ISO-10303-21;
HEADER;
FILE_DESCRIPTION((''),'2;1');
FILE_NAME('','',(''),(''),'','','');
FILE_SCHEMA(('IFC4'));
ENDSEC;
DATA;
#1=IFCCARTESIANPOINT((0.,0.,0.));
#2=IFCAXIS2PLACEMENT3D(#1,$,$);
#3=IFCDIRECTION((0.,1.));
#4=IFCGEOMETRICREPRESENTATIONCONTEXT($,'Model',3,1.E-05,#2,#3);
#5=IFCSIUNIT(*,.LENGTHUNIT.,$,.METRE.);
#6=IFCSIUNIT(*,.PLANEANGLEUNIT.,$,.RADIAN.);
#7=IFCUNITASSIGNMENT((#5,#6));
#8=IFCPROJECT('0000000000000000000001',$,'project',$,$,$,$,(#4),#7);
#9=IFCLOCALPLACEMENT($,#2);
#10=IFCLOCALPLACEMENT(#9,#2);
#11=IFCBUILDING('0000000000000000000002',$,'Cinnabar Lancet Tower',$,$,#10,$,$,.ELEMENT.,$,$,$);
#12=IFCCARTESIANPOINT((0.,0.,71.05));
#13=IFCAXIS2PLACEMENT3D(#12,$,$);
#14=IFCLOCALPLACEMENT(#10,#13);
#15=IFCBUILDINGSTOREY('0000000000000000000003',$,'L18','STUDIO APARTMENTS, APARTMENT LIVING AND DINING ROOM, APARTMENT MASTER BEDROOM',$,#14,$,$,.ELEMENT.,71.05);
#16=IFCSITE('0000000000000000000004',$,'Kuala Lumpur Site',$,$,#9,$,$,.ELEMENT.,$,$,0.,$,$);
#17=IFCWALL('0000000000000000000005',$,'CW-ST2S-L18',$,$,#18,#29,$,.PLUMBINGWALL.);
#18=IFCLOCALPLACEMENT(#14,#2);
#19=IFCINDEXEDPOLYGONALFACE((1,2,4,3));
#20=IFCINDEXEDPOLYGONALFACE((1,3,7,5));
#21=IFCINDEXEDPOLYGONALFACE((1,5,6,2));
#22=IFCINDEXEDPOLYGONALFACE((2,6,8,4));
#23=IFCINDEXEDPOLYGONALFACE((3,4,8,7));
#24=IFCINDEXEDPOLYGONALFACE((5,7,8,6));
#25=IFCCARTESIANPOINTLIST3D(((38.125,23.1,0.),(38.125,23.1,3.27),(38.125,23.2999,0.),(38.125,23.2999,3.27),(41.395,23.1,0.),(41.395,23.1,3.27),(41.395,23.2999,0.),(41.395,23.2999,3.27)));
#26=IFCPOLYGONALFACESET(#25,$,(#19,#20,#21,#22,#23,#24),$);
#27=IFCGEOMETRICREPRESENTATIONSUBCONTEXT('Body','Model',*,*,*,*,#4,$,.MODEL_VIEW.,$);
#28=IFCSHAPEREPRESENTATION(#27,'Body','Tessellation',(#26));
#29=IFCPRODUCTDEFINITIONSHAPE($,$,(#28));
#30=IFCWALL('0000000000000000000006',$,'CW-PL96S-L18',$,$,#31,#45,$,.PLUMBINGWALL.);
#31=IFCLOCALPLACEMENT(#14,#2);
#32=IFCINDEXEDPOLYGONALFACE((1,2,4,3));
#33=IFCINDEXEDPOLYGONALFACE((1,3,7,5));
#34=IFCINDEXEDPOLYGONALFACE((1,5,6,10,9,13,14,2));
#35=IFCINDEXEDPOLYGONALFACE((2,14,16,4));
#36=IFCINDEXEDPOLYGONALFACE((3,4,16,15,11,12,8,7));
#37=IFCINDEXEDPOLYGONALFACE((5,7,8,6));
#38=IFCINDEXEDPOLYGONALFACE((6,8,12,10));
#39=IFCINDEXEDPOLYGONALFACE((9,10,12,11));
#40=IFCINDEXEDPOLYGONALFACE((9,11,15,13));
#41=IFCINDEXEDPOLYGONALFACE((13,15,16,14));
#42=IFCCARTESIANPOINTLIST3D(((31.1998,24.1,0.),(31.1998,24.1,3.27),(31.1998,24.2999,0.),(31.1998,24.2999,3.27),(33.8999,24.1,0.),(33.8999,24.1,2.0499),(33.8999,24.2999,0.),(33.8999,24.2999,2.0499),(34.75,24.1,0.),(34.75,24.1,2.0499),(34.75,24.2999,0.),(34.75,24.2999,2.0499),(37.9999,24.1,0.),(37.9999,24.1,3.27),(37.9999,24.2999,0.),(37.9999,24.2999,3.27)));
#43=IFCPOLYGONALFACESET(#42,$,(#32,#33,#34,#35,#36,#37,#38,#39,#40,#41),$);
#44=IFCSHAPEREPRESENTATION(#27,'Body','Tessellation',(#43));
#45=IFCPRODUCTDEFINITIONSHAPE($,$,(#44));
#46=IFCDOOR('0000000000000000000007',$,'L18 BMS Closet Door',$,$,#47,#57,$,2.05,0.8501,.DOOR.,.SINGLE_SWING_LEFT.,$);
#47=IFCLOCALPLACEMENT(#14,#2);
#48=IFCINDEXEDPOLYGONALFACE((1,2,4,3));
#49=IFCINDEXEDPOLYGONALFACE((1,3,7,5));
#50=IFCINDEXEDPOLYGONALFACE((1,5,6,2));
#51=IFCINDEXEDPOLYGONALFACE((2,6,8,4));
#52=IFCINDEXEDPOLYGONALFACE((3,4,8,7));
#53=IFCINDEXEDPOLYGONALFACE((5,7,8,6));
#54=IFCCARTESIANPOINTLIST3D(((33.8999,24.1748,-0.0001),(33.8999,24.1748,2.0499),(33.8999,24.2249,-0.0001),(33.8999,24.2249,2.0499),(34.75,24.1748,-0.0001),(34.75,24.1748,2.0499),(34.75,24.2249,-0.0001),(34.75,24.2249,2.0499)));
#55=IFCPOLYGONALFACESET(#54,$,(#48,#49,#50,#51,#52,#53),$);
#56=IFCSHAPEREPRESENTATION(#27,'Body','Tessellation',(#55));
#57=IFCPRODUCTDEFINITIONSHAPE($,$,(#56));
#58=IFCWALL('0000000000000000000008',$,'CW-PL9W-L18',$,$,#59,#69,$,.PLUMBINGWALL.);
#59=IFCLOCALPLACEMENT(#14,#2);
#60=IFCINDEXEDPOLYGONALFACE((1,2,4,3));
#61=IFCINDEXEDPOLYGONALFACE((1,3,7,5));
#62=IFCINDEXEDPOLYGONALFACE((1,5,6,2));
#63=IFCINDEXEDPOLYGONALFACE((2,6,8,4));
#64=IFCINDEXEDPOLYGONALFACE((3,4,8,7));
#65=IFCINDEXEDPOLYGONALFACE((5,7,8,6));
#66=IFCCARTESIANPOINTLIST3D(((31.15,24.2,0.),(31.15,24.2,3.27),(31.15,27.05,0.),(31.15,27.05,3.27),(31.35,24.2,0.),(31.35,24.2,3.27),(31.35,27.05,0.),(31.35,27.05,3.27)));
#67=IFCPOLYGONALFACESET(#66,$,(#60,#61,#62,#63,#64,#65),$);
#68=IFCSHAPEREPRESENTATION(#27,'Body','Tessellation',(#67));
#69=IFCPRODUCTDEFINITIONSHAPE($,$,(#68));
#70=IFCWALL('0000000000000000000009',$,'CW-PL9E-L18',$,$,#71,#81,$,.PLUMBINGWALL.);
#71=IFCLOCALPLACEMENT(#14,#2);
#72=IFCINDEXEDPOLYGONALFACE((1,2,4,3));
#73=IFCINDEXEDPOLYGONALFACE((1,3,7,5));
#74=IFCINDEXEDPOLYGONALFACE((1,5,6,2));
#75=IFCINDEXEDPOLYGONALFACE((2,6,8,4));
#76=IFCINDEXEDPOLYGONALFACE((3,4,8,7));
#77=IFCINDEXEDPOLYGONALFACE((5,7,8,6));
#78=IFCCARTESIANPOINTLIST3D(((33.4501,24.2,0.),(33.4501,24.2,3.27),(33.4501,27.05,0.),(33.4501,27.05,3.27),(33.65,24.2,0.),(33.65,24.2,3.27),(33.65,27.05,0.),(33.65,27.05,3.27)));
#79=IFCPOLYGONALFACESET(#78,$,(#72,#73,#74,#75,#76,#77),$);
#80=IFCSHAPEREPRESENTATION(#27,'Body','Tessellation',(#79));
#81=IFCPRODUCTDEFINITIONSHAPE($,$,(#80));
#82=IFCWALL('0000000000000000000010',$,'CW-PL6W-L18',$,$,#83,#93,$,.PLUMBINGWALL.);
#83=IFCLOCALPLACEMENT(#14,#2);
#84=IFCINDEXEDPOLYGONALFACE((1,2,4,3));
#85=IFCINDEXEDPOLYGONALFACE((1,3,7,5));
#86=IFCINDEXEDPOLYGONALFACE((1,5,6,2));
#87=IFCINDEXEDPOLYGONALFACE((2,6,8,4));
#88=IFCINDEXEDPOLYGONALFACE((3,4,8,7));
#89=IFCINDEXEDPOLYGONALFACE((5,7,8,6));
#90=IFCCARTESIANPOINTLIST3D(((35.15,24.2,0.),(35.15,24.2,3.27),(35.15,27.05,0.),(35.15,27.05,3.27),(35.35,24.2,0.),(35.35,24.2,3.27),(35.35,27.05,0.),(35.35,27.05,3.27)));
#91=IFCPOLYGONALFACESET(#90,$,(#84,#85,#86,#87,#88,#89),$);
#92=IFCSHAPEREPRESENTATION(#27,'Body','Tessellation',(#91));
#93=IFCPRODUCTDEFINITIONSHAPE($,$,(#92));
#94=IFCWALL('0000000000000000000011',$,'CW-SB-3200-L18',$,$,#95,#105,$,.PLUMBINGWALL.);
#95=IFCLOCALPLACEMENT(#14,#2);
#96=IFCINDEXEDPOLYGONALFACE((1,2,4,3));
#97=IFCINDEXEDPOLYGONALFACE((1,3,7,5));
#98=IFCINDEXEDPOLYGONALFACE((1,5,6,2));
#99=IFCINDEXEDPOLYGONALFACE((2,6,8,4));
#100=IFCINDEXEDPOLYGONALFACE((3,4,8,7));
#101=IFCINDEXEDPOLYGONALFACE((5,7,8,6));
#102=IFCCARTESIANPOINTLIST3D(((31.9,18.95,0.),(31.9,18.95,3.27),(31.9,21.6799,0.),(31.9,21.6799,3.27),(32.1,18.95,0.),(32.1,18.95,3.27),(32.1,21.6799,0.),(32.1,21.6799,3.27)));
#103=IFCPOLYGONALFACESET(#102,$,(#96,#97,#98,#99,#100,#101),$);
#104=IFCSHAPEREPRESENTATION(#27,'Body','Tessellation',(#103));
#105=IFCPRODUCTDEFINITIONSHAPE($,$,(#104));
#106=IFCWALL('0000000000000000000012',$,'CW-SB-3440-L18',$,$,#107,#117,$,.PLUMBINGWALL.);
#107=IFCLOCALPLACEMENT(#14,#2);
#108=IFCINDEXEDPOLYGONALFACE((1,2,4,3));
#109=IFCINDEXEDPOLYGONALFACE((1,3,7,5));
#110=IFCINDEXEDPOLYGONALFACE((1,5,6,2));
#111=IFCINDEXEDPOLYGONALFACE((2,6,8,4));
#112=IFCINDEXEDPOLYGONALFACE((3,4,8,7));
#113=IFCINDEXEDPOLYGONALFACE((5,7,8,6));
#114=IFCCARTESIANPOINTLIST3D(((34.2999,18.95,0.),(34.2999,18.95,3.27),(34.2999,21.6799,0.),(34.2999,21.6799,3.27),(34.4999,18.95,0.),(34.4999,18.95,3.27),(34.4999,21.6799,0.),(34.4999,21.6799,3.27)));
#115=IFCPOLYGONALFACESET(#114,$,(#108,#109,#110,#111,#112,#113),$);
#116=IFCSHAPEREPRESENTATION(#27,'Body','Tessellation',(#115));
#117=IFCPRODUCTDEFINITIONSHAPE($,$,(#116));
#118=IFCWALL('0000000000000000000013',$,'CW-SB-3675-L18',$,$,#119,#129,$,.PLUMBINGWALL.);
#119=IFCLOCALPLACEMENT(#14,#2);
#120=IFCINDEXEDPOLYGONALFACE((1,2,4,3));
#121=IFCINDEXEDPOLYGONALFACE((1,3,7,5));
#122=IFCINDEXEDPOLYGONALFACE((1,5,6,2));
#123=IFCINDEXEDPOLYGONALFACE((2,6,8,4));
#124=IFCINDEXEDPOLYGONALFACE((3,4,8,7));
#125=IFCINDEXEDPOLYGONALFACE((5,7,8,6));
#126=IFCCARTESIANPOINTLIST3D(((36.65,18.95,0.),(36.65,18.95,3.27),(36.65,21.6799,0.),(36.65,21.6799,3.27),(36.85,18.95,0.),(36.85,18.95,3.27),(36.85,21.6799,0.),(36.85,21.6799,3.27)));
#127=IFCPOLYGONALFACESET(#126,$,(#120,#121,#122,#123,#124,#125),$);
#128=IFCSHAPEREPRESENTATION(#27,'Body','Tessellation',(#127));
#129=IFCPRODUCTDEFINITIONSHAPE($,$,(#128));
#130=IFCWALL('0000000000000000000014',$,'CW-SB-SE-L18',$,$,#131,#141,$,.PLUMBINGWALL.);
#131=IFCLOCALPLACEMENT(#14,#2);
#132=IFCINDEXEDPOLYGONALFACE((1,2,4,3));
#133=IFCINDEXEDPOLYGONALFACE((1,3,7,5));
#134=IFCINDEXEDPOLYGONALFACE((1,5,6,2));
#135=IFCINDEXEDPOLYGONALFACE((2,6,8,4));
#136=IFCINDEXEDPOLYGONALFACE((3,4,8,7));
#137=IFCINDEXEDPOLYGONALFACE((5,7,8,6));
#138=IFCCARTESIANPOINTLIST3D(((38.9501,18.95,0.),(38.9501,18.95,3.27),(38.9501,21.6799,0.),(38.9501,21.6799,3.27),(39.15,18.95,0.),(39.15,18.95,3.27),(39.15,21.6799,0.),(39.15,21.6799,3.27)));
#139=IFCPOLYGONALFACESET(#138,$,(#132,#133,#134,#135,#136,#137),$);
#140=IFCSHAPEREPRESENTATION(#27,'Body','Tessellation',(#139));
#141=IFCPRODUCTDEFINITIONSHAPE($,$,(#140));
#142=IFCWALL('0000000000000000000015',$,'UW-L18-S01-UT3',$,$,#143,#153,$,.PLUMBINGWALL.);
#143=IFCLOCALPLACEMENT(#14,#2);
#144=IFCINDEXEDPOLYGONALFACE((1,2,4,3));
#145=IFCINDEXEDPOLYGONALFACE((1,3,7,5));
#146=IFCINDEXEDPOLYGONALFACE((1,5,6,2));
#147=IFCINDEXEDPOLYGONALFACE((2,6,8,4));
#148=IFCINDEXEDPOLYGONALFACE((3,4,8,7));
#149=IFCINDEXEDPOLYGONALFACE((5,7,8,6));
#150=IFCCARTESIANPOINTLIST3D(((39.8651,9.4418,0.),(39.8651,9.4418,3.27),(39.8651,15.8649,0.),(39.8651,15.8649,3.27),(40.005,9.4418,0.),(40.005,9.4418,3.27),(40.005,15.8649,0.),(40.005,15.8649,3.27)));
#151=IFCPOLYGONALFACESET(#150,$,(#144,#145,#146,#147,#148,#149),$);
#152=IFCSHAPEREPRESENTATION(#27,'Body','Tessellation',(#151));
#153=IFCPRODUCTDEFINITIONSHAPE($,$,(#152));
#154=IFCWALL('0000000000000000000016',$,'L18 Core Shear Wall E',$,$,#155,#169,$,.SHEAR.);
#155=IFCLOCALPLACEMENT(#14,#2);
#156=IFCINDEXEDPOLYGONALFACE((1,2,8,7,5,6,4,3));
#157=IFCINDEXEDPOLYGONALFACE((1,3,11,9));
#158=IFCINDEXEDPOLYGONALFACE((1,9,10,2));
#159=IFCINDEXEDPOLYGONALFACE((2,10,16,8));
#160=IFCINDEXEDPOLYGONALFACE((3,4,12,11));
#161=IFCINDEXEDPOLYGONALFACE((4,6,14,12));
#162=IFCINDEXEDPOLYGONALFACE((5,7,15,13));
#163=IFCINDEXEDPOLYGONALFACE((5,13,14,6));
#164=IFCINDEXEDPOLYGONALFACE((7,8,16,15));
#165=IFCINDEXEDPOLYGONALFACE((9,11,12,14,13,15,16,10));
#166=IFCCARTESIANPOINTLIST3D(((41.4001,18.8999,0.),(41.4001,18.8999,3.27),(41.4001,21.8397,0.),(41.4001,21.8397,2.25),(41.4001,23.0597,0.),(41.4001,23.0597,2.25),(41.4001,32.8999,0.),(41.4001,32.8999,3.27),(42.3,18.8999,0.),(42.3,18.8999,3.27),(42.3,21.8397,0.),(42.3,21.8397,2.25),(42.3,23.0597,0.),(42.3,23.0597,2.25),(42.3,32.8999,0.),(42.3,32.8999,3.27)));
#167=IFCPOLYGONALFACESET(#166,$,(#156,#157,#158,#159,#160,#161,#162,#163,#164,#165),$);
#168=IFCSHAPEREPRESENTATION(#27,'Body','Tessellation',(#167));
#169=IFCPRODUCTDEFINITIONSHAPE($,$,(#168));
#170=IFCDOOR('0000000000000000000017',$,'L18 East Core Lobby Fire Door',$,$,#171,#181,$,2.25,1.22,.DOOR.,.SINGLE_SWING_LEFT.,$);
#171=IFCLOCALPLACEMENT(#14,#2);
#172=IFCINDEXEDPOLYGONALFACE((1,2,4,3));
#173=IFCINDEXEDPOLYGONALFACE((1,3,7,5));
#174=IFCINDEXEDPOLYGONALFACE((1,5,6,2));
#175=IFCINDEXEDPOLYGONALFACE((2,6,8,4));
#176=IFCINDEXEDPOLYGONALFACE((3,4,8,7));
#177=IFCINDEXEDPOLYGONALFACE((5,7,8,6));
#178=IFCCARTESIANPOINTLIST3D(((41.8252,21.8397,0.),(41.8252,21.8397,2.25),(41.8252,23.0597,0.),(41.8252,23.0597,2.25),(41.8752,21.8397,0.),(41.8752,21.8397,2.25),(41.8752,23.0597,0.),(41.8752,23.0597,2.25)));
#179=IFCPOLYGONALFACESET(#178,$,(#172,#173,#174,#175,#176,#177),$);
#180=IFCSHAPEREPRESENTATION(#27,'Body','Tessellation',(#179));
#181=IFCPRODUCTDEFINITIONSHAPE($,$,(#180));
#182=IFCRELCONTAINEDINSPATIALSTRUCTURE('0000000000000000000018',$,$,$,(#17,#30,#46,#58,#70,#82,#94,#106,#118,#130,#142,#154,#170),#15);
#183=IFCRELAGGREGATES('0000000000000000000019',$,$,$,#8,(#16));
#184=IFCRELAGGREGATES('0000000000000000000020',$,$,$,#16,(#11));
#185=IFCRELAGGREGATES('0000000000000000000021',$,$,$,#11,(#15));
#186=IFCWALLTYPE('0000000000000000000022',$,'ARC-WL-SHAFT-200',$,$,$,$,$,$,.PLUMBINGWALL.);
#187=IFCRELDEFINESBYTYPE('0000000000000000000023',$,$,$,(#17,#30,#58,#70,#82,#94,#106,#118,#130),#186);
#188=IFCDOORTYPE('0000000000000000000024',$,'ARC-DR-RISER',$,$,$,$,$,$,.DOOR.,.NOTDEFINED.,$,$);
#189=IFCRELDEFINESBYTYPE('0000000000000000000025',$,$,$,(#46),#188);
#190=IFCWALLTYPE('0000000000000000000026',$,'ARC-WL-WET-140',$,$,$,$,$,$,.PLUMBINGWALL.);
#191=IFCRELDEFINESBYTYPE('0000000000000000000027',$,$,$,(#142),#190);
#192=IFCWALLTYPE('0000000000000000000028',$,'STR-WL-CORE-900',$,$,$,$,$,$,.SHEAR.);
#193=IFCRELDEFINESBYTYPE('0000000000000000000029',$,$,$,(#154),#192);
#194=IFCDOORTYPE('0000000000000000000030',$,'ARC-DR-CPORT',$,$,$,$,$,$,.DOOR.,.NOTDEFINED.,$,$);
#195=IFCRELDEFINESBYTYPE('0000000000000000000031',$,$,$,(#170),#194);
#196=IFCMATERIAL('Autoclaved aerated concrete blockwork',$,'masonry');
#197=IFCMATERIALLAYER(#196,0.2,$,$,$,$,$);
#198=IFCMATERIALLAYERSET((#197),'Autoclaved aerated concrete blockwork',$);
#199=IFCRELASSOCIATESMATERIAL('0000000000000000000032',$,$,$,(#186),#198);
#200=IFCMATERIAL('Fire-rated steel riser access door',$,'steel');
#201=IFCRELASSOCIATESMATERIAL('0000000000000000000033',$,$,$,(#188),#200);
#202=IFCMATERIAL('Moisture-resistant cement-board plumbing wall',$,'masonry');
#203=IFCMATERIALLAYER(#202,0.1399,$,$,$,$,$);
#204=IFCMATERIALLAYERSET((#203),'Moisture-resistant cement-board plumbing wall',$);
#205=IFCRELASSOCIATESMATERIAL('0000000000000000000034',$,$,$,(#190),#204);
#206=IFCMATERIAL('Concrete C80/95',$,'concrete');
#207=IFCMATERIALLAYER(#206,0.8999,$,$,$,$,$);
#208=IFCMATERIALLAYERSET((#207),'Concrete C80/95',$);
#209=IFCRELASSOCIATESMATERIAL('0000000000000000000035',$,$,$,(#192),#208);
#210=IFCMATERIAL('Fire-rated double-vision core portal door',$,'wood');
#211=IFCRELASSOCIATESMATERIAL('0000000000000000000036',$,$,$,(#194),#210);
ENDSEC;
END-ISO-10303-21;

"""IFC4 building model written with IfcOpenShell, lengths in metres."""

from ifc_helpers import new_model, si_unit, direction, frame, frame_2d, origin, place, context, subcontext, project, spatial, rectangle, extrude, material, layer, layer_set, type_object, element, fill, save


model = new_model("IFC4")

# Units and contexts
model_context = context("Model", 3, precision=1e-05, world=origin(), true_north=direction((0.0, 1.0)))
body_context = subcontext(model_context, "Body", "Model", "MODEL_VIEW")
ifc_project = project(units=[si_unit("LENGTHUNIT", "METRE"), si_unit("PLANEANGLEUNIT", "RADIAN")], contexts=[model_context])

# Site, building, storey
site_placement = place(None, origin())
site = spatial("IfcSite", under=ifc_project, at=site_placement, Name="Kuala Lumpur Site", CompositionType="ELEMENT", RefElevation=0.0)
building_placement = place(site_placement, origin())
building = spatial("IfcBuilding", under=site, at=building_placement, Name="Cinnabar Lancet Tower", CompositionType="ELEMENT")
storey_placement = place(building_placement, frame((0.0, 0.0, 71.05)))
storey = spatial("IfcBuildingStorey", under=building, at=storey_placement, Name="L18", Description="STUDIO APARTMENTS, APARTMENT LIVING AND DINING ROOM, APARTMENT MASTER BEDROOM", CompositionType="ELEMENT", Elevation=71.05)

# Wall
ifc_material_1 = material(Name="Autoclaved aerated concrete blockwork", Category="masonry")
ifc_layer_1 = layer(ifc_material_1, 0.2)
ifc_layer_set_1 = layer_set([ifc_layer_1], Name="Autoclaved aerated concrete blockwork")
wall_type_1 = type_object("IfcWallType", Name="ARC-WL-SHAFT-200", PredefinedType="PLUMBINGWALL", material=ifc_layer_set_1)
wall_1_placement = place(storey_placement, frame((38.125, 23.2, 0.0), z_axis=(0.0, 0.0, 1.0), x_axis=(1.0, 0.0, 0.0)))
element("IfcWall", 1, at=wall_1_placement, inside=storey, type_object=wall_type_1, Name="CW-ST2S-L18", PredefinedType="PLUMBINGWALL", context=body_context, shape_type="SweptSolid", body=[
    extrude(rectangle(XDim=3.27, YDim=0.2, at=frame_2d((1.635, 0.0))), origin(), (0.0, 0.0, 1.0), 3.27),
])

# Wall, opening, door
wall_2_placement = place(storey_placement, frame((31.2, 24.2, 0.0), z_axis=(0.0, 0.0, 1.0), x_axis=(1.0, 0.0, 0.0)))
wall_2 = element("IfcWall", 2, at=wall_2_placement, inside=storey, type_object=wall_type_1, Name="CW-PL96S-L18", PredefinedType="PLUMBINGWALL", context=body_context, shape_type="SweptSolid", body=[
    extrude(rectangle(XDim=6.8, YDim=0.2, at=frame_2d((3.3999, 0.0))), origin(), (0.0, 0.0, 1.0), 3.27),
])
opening_1_placement = place(wall_2_placement, frame((2.7, 0.0, 0.0)))
opening_1 = element("IfcOpeningElement", 3, at=opening_1_placement, cuts=wall_2, PredefinedType="OPENING", context=body_context, shape_type="SweptSolid", body=[
    extrude(rectangle(XDim=0.8501, YDim=2.05, at=frame_2d((0.425, 1.0249))), frame((0.0, 0.1099, 0.0), z_axis=(0.0, -1.0, 0.0), x_axis=(1.0, 0.0, 0.0)), (0.0, 0.0, 1.0), 0.22),
])
ifc_material_2 = material(Name="Fire-rated steel riser access door", Category="steel")
door_type_1 = type_object("IfcDoorType", Name="ARC-DR-RISER", OperationType="NOTDEFINED", PredefinedType="DOOR", material=ifc_material_2)
door_1_placement = place(opening_1_placement, origin())
door_1 = element("IfcDoor", 4, at=door_1_placement, inside=storey, type_object=door_type_1, Name="L18 BMS Closet Door", OperationType="SINGLE_SWING_LEFT", OverallHeight=2.05, OverallWidth=0.8501, PredefinedType="DOOR", context=body_context, shape_type="SweptSolid", body=[
    extrude(rectangle(XDim=0.8501, YDim=2.05, at=frame_2d((0.425, 1.0249))), frame((0.0, 0.0249, 0.0), z_axis=(0.0, -1.0, 0.0), x_axis=(1.0, 0.0, 0.0)), (0.0, 0.0, 1.0), 0.05),
])
fill(opening_1, door_1)

# Walls
for number, where, z_axis, x_axis, name in (
    (5, (31.25, 24.2, 0.0), (0.0, 0.0, 1.0), (0.0, 1.0, 0.0), "CW-PL9W-L18"),
    (6, (33.55, 24.2, 0.0), (0.0, 0.0, 1.0), (0.0, 1.0, 0.0), "CW-PL9E-L18"),
    (7, (35.25, 24.2, 0.0), (0.0, 0.0, 1.0), (0.0, 1.0, 0.0), "CW-PL6W-L18"),
):
    element("IfcWall", number, at=place(storey_placement, frame(where, z_axis=z_axis, x_axis=x_axis)), inside=storey, type_object=wall_type_1, Name=name, PredefinedType="PLUMBINGWALL", context=body_context, shape_type="SweptSolid", body=[
        extrude(rectangle(XDim=2.8501, YDim=0.2, at=frame_2d((1.425, 0.0))), origin(), (0.0, 0.0, 1.0), 3.27),
    ])
for number, where, z_axis, x_axis, name in (
    (8, (32.0, 18.95, 0.0), (0.0, 0.0, 1.0), (0.0, 1.0, 0.0), "CW-SB-3200-L18"),
    (9, (34.3999, 18.95, 0.0), (0.0, 0.0, 1.0), (0.0, 1.0, 0.0), "CW-SB-3440-L18"),
    (10, (36.75, 18.95, 0.0), (0.0, 0.0, 1.0), (0.0, 1.0, 0.0), "CW-SB-3675-L18"),
    (11, (39.05, 18.95, 0.0), (0.0, 0.0, 1.0), (0.0, 1.0, 0.0), "CW-SB-SE-L18"),
):
    element("IfcWall", number, at=place(storey_placement, frame(where, z_axis=z_axis, x_axis=x_axis)), inside=storey, type_object=wall_type_1, Name=name, PredefinedType="PLUMBINGWALL", context=body_context, shape_type="SweptSolid", body=[
        extrude(rectangle(XDim=2.73, YDim=0.2, at=frame_2d((1.365, 0.0))), origin(), (0.0, 0.0, 1.0), 3.27),
    ])
ifc_material_3 = material(Name="Moisture-resistant cement-board plumbing wall", Category="masonry")
ifc_layer_2 = layer(ifc_material_3, 0.1399)
ifc_layer_set_2 = layer_set([ifc_layer_2], Name="Moisture-resistant cement-board plumbing wall")
wall_type_2 = type_object("IfcWallType", Name="ARC-WL-WET-140", PredefinedType="PLUMBINGWALL", material=ifc_layer_set_2)
wall_3_placement = place(storey_placement, frame((39.9351, 9.4419, 0.0), z_axis=(0.0, 0.0, 1.0), x_axis=(0.0, 1.0, 0.0)))
element("IfcWall", 12, at=wall_3_placement, inside=storey, type_object=wall_type_2, Name="UW-L18-S01-UT3", PredefinedType="PLUMBINGWALL", context=body_context, shape_type="SweptSolid", body=[
    extrude(rectangle(XDim=6.4231, YDim=0.1399, at=frame_2d((3.2114, 0.0))), origin(), (0.0, 0.0, 1.0), 3.27),
])

# Wall, opening, door
ifc_material_4 = material(Name="Concrete C80/95", Category="concrete")
ifc_layer_3 = layer(ifc_material_4, 0.8999)
ifc_layer_set_3 = layer_set([ifc_layer_3], Name="Concrete C80/95")
wall_type_3 = type_object("IfcWallType", Name="STR-WL-CORE-900", PredefinedType="SHEAR", material=ifc_layer_set_3)
wall_4_placement = place(storey_placement, frame((41.8501, 18.8999, 0.0), z_axis=(0.0, 0.0, 1.0), x_axis=(0.0, 1.0, 0.0)))
wall_4 = element("IfcWall", 13, at=wall_4_placement, inside=storey, type_object=wall_type_3, Name="L18 Core Shear Wall E", PredefinedType="SHEAR", context=body_context, shape_type="SweptSolid", body=[
    extrude(rectangle(XDim=14.0, YDim=0.8999, at=frame_2d((7.0, 0.0))), origin(), (0.0, 0.0, 1.0), 3.27),
])
opening_2_placement = place(wall_4_placement, frame((2.9399, 0.0, 0.0)))
opening_2 = element("IfcOpeningElement", 14, at=opening_2_placement, cuts=wall_4, PredefinedType="OPENING", context=body_context, shape_type="SweptSolid", body=[
    extrude(rectangle(XDim=1.22, YDim=2.25, at=frame_2d((0.6099, 1.125))), frame((0.0, 0.46, 0.0), z_axis=(0.0, -1.0, 0.0), x_axis=(1.0, 0.0, 0.0)), (0.0, 0.0, 1.0), 0.9199),
])
ifc_material_5 = material(Name="Fire-rated double-vision core portal door", Category="wood")
door_type_2 = type_object("IfcDoorType", Name="ARC-DR-CPORT", OperationType="NOTDEFINED", PredefinedType="DOOR", material=ifc_material_5)
door_2_placement = place(opening_2_placement, origin())
door_2 = element("IfcDoor", 15, at=door_2_placement, inside=storey, type_object=door_type_2, Name="L18 East Core Lobby Fire Door", OperationType="SINGLE_SWING_LEFT", OverallHeight=2.25, OverallWidth=1.22, PredefinedType="DOOR", context=body_context, shape_type="SweptSolid", body=[
    extrude(rectangle(XDim=1.22, YDim=2.25, at=frame_2d((0.6099, 1.125))), frame((0.0, 0.0249, 0.0), z_axis=(0.0, -1.0, 0.0), x_axis=(1.0, 0.0, 0.0)), (0.0, 0.0, 1.0), 0.05),
])
fill(opening_2, door_2)

save(model, "model.ifc")
